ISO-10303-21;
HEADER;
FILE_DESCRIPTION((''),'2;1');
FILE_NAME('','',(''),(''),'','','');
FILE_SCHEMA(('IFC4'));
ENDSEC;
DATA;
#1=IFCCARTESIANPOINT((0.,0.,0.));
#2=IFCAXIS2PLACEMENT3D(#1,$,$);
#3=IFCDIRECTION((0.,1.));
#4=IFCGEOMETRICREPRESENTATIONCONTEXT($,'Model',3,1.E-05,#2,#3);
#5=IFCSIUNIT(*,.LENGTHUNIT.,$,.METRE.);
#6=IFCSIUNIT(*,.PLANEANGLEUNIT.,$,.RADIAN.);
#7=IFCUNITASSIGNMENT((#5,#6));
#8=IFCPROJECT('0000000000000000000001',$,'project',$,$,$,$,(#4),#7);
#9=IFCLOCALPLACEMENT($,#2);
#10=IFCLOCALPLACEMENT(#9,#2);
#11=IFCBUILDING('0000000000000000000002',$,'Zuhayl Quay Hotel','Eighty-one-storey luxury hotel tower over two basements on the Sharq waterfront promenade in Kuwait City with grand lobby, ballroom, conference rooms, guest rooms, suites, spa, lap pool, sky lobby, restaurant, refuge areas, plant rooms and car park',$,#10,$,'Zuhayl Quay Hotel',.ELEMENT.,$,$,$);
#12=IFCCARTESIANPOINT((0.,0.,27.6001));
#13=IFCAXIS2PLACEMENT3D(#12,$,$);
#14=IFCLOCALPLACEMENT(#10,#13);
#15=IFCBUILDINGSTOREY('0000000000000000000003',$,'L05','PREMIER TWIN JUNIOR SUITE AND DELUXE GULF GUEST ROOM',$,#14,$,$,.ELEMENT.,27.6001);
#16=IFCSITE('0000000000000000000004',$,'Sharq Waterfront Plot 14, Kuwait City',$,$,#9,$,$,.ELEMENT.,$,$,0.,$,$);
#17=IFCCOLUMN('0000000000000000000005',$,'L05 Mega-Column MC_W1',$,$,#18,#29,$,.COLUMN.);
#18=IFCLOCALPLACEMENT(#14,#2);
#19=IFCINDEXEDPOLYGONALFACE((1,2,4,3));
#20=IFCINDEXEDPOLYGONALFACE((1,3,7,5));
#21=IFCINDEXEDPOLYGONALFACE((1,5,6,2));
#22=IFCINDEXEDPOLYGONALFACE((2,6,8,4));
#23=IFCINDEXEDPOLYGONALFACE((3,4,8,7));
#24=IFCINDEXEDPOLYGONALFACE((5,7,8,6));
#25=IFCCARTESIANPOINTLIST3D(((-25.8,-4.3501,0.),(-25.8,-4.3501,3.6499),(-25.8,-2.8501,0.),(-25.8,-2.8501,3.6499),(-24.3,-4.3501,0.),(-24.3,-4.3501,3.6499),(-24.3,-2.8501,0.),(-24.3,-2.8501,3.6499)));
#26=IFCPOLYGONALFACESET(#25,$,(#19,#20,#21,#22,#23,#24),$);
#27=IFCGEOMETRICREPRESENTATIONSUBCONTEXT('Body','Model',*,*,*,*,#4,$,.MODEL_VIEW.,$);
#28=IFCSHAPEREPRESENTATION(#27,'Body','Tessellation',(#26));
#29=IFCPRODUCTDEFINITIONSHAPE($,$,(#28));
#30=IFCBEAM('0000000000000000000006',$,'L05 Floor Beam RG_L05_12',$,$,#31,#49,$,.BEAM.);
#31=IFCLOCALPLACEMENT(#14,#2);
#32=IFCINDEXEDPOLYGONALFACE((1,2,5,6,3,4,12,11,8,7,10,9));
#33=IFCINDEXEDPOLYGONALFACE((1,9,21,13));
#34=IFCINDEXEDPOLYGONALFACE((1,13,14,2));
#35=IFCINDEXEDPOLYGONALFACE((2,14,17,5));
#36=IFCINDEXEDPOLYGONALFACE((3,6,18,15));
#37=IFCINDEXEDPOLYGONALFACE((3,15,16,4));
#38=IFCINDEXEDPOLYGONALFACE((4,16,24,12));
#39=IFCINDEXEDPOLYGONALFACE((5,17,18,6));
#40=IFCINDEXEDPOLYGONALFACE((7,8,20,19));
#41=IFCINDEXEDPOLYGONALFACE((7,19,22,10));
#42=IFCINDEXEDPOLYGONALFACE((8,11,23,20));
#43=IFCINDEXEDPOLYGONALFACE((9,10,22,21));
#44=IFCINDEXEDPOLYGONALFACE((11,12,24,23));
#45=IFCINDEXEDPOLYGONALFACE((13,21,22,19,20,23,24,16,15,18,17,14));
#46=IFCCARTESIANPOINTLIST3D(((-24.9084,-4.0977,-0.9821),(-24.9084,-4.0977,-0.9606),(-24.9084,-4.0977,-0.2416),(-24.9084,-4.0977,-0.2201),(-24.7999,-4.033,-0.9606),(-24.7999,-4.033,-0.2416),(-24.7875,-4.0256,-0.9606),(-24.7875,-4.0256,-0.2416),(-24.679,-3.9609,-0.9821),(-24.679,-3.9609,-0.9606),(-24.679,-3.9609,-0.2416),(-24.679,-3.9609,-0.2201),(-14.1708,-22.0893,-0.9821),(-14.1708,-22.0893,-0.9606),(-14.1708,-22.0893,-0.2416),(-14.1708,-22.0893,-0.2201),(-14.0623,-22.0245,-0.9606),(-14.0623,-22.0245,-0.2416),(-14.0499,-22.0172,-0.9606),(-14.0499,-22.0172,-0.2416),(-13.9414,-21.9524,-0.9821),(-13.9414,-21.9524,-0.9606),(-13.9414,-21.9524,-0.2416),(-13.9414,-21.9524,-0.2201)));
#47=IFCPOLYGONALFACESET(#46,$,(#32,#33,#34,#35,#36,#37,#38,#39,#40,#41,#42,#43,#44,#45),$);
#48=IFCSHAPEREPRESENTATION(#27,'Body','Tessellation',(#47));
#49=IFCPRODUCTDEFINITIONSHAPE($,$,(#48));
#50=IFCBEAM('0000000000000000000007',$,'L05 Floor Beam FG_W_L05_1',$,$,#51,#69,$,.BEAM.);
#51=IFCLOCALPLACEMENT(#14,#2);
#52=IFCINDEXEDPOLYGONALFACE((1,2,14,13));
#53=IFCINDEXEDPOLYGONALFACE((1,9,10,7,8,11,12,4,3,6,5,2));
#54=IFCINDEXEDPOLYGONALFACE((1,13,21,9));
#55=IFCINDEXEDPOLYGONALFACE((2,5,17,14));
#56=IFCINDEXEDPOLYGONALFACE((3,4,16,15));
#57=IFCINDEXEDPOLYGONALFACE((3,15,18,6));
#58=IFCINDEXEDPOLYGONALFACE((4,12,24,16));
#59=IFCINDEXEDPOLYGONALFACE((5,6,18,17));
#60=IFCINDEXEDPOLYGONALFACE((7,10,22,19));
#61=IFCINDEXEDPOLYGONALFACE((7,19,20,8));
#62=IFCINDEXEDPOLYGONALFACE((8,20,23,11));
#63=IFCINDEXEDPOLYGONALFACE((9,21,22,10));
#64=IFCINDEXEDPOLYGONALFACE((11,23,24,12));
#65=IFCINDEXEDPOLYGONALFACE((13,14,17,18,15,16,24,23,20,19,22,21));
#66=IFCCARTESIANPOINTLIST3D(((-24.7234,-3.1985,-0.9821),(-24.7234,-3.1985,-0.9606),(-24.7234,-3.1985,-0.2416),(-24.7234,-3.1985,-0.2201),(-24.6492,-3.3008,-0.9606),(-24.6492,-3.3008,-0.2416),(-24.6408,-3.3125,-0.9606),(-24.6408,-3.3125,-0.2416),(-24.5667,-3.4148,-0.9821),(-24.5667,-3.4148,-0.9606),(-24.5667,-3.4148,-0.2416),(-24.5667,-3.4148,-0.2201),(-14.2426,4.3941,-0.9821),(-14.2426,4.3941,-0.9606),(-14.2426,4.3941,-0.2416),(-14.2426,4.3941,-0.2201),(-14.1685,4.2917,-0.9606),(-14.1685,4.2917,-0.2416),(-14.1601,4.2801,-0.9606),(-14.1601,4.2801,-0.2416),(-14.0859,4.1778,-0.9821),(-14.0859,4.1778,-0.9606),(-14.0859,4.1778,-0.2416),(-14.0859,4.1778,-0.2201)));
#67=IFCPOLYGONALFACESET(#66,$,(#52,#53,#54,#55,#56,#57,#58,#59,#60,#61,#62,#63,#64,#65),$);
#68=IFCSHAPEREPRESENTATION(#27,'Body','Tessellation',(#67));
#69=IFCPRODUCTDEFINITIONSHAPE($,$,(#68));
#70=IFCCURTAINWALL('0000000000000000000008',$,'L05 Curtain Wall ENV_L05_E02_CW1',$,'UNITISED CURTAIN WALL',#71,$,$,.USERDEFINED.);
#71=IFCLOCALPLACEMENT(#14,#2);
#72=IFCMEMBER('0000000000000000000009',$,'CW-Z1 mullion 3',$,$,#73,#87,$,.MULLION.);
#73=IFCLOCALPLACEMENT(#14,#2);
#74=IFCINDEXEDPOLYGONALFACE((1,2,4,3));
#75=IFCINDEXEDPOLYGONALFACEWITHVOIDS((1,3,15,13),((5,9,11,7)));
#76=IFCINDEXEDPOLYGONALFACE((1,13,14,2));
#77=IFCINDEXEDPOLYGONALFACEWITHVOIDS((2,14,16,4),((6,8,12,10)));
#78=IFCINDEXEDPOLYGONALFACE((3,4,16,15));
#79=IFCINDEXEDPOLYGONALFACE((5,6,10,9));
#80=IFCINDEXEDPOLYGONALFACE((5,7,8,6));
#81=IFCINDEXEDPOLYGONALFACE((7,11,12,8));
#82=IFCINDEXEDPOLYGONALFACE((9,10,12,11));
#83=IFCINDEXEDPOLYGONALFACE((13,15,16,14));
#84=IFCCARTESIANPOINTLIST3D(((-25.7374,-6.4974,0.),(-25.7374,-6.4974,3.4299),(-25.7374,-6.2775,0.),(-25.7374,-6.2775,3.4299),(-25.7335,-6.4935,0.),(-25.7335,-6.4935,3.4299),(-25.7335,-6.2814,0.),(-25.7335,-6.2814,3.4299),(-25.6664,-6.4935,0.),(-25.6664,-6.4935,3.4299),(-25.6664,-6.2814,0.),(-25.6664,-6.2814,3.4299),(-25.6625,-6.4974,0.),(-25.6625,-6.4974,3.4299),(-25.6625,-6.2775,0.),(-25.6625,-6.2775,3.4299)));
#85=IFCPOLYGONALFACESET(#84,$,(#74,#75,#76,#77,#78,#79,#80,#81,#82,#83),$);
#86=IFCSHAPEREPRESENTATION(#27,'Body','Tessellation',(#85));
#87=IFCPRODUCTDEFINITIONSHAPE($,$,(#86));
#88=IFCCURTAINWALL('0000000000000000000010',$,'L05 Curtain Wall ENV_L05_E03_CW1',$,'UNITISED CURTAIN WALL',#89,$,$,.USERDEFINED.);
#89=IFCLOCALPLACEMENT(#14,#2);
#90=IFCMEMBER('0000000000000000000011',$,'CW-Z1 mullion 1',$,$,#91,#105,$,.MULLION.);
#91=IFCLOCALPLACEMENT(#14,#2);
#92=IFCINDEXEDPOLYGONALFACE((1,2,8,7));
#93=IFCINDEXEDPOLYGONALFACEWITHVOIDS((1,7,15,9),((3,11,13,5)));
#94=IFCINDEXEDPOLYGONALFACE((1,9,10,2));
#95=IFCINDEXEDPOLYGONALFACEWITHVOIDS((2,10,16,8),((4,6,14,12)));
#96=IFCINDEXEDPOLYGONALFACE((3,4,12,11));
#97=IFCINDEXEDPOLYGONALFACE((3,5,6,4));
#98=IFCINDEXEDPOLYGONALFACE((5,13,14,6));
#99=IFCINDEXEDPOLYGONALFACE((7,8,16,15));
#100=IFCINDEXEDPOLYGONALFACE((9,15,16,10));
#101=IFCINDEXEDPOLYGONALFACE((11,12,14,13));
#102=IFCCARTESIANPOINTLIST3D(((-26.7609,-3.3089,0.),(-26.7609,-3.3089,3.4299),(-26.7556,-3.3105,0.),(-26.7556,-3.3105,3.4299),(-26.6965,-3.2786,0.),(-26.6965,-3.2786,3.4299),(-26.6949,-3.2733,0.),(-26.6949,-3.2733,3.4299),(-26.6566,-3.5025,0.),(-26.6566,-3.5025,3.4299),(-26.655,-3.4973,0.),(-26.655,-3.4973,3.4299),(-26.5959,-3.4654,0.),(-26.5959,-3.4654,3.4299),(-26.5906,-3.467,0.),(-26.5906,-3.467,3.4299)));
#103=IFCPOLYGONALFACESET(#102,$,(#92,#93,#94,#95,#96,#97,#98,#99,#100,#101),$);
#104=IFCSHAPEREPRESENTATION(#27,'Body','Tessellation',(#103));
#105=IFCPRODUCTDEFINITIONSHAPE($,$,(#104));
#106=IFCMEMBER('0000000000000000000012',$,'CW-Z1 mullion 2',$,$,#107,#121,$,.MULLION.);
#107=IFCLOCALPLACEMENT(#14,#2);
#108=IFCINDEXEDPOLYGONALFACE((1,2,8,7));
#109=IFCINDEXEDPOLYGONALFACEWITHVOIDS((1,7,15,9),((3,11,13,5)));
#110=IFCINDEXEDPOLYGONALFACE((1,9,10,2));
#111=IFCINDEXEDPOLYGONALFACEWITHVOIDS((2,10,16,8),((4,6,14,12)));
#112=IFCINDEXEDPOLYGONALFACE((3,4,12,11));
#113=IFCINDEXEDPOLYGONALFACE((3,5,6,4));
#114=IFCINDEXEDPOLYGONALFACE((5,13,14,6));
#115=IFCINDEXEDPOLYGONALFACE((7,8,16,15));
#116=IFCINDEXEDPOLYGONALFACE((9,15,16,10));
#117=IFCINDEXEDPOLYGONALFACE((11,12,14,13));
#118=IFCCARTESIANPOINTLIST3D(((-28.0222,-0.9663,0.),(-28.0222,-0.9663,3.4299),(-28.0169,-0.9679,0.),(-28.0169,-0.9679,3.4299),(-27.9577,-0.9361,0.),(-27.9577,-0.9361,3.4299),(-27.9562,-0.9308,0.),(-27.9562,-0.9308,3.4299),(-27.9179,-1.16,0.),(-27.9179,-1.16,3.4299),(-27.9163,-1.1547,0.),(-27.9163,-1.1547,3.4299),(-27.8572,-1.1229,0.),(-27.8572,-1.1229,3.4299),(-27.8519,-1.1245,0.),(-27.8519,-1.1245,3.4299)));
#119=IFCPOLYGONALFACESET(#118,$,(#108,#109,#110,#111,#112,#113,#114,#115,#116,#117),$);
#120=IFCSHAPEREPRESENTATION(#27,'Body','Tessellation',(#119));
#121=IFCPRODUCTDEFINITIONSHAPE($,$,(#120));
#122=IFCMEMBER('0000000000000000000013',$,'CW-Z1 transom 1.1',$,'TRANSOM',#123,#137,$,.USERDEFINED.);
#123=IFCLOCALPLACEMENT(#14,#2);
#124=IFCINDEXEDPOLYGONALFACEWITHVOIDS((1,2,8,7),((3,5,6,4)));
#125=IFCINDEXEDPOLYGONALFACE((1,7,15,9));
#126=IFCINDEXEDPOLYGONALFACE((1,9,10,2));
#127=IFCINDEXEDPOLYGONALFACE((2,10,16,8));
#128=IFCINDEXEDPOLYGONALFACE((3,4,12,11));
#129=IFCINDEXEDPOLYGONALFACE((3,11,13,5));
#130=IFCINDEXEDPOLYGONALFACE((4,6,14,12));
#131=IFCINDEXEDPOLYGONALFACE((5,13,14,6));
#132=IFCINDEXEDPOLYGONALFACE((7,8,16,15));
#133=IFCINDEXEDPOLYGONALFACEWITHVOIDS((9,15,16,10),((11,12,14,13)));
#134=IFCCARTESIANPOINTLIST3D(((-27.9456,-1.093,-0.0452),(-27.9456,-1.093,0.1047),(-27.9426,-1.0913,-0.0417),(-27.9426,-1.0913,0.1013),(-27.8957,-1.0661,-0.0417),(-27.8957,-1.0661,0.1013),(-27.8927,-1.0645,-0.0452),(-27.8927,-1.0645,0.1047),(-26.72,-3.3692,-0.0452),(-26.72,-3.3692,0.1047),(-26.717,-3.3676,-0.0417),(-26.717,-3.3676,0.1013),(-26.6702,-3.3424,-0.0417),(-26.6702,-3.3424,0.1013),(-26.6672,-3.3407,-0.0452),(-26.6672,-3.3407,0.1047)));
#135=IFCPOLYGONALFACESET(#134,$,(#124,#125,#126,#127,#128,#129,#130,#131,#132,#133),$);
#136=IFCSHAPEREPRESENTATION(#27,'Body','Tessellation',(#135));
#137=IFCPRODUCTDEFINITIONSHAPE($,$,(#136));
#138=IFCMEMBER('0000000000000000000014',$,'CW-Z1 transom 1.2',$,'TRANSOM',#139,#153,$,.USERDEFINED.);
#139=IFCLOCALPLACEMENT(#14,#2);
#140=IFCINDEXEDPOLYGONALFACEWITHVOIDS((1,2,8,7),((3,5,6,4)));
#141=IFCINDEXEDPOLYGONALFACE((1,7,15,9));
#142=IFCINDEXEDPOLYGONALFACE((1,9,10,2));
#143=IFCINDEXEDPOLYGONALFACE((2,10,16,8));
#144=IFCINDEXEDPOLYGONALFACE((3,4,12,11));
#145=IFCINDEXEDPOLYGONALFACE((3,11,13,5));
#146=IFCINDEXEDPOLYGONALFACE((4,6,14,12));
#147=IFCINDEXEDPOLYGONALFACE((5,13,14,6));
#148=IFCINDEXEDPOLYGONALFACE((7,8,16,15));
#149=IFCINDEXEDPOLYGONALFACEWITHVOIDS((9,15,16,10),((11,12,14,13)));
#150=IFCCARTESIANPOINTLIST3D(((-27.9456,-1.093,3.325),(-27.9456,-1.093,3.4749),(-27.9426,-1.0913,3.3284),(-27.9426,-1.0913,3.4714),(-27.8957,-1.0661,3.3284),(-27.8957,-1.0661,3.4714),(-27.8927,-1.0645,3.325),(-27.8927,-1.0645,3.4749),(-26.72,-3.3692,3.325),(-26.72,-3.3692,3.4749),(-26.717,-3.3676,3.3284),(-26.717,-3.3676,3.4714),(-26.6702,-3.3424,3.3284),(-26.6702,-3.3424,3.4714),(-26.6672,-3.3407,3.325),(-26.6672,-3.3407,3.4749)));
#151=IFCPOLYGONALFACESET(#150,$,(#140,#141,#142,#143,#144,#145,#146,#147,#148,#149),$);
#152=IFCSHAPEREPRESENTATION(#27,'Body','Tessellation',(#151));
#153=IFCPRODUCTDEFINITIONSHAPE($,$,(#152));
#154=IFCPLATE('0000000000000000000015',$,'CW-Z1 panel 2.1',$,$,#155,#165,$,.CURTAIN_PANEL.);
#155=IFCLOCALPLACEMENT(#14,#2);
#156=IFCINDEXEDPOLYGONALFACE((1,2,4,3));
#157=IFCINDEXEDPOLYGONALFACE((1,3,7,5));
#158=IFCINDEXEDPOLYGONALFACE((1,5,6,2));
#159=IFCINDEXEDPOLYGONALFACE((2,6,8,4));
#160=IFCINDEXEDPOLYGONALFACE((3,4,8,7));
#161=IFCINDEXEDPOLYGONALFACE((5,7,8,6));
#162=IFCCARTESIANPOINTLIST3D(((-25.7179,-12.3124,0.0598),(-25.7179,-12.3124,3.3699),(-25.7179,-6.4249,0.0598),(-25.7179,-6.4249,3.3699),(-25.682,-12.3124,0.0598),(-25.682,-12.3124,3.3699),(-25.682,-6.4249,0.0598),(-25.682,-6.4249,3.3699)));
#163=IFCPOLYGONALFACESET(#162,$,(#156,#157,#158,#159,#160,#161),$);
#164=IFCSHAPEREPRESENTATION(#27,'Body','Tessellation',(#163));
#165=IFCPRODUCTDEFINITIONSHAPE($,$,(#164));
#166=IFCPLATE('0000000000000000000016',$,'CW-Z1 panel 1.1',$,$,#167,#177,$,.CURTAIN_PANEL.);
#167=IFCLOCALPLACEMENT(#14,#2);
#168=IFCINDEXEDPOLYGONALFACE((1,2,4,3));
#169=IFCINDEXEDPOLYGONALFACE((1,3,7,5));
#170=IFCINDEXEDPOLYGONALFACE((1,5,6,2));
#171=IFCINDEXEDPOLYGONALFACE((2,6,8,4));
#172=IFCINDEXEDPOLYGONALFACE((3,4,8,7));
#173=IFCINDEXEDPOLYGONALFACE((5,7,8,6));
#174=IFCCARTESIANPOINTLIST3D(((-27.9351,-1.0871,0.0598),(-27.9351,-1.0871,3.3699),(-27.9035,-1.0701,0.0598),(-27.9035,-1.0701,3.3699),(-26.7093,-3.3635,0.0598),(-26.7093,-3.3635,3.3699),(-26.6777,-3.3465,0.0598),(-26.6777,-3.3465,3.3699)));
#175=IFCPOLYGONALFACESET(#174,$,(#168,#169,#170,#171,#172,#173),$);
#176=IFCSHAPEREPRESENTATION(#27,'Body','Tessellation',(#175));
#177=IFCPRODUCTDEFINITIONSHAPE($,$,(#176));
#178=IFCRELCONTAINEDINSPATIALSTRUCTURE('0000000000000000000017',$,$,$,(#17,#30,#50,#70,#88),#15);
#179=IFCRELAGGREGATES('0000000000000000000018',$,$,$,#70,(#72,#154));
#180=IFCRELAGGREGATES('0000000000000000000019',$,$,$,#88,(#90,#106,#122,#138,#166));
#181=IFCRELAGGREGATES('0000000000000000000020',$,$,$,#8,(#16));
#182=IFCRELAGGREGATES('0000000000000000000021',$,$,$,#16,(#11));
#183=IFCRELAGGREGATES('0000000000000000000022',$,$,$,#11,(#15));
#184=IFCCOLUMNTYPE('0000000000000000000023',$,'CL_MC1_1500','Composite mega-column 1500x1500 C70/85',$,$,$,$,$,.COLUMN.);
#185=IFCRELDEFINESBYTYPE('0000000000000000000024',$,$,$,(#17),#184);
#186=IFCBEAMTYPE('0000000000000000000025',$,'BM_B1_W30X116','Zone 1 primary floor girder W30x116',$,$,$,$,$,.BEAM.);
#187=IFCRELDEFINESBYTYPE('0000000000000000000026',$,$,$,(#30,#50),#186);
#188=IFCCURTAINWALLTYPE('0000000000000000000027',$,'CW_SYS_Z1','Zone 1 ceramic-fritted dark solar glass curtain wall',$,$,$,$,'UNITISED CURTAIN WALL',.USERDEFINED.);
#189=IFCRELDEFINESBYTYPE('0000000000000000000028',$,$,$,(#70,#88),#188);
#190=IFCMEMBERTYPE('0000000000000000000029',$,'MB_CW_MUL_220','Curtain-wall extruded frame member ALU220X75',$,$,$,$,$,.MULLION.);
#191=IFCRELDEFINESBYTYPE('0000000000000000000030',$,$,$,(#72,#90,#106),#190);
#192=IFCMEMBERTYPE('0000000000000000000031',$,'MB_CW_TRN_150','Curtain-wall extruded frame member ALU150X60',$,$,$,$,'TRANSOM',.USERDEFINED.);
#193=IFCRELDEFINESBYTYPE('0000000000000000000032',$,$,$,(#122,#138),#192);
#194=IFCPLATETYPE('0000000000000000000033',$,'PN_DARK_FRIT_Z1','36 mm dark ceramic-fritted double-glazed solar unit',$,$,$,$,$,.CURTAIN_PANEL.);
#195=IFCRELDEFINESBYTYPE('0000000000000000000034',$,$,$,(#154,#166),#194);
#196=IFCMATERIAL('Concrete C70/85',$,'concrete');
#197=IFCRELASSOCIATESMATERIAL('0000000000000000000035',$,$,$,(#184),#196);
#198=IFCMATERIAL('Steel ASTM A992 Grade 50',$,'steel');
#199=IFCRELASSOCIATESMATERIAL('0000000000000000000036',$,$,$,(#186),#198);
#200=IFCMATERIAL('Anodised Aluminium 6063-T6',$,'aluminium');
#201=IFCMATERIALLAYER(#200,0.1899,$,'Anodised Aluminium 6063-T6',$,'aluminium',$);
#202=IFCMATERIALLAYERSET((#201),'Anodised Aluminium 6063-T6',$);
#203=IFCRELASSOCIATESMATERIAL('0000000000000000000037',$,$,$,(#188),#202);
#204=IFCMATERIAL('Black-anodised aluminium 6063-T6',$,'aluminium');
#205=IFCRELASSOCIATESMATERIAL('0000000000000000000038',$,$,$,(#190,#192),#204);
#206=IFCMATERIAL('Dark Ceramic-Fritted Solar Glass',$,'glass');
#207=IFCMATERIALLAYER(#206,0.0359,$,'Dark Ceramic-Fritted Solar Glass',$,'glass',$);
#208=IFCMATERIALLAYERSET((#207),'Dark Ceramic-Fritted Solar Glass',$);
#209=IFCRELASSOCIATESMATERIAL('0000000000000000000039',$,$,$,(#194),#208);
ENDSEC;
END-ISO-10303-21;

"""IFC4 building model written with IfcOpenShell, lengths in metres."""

from ifc_helpers import new_model, si_unit, direction, frame, origin, origin_2d, place, context, subcontext, project, spatial, rectangle, hollow_rectangle, i_section, extrude, material, layer, layer_set, material_profile, profile_set, type_object, element, aggregate, save


model = new_model("IFC4")

# Units and contexts
model_context = context("Model", 3, precision=1e-05, world=origin(), true_north=direction((0.0, 1.0)))
body_context = subcontext(model_context, "Body", "Model", "MODEL_VIEW")
ifc_project = project(units=[si_unit("LENGTHUNIT", "METRE"), si_unit("PLANEANGLEUNIT", "RADIAN")], contexts=[model_context])

# Site, building, storey
site_placement = place(None, origin())
site = spatial("IfcSite", under=ifc_project, at=site_placement, Name="Sharq Waterfront Plot 14, Kuwait City", CompositionType="ELEMENT", RefElevation=0.0)
building_placement = place(site_placement, origin())
building = spatial("IfcBuilding", under=site, at=building_placement, Name="Zuhayl Quay Hotel", Description="Eighty-one-storey luxury hotel tower over two basements on the Sharq waterfront promenade in Kuwait City with grand lobby, ballroom, conference rooms, guest rooms, suites, spa, lap pool, sky lobby, restaurant, refuge areas, plant rooms and car park", LongName="Zuhayl Quay Hotel", CompositionType="ELEMENT")
storey_placement = place(building_placement, frame((0.0, 0.0, 27.6001)))
storey = spatial("IfcBuildingStorey", under=building, at=storey_placement, Name="L05", Description="PREMIER TWIN JUNIOR SUITE AND DELUXE GULF GUEST ROOM", CompositionType="ELEMENT", Elevation=27.6001)

# Column
ifc_material_1 = material(Name="Concrete C70/85", Category="concrete")
ifc_material_profile_1 = material_profile(ifc_material_1, rectangle(XDim=1.5, YDim=1.5, at=origin_2d()), Name="RC1500X1500")
ifc_profile_set_1 = profile_set([ifc_material_profile_1], Name="Concrete C70/85")
column_type = type_object("IfcColumnType", Name="CL_MC1_1500", Description="Composite mega-column 1500x1500 C70/85", PredefinedType="COLUMN", material=ifc_profile_set_1)
column_placement = place(storey_placement, frame((-25.05, -3.6001, 0.0), z_axis=(0.0, 0.0, 1.0), x_axis=(1.0, 0.0, 0.0)))
element("IfcColumn", 1, at=column_placement, inside=storey, type_object=column_type, Name="L05 Mega-Column MC_W1", PredefinedType="COLUMN", context=body_context, shape_type="SweptSolid", body=[
    extrude(rectangle(XDim=1.5, YDim=1.5, at=origin_2d()), origin(), (0.0, 0.0, 1.0), 3.6499),
])

# Beams
ifc_material_2 = material(Name="Steel ASTM A992 Grade 50", Category="steel")
ifc_material_profile_2 = material_profile(ifc_material_2, i_section(OverallWidth=0.2671, OverallDepth=0.762, WebThickness=0.0144, FlangeThickness=0.0215, at=origin_2d()), Name="W30X116")
ifc_profile_set_2 = profile_set([ifc_material_profile_2], Name="Steel ASTM A992 Grade 50")
beam_type = type_object("IfcBeamType", Name="BM_B1_W30X116", Description="Zone 1 primary floor girder W30x116", PredefinedType="BEAM", material=ifc_profile_set_2)
beam_1_placement = place(storey_placement, frame((-24.7937, -4.0293, -0.6011), z_axis=(0.512483, -0.858698, 0.0), x_axis=(0.858698, 0.512483, 0.0)))
element("IfcBeam", 2, at=beam_1_placement, inside=storey, type_object=beam_type, Name="L05 Floor Beam RG_L05_12", PredefinedType="BEAM", context=body_context, shape_type="SweptSolid", body=[
    extrude(i_section(OverallWidth=0.2671, OverallDepth=0.762, WebThickness=0.0144, FlangeThickness=0.0215, at=origin_2d()), origin(), (0.0, 0.0, 1.0), 20.9521),
])
beam_2_placement = place(storey_placement, frame((-24.645, -3.3066, -0.6011), z_axis=(0.80983, 0.586664, 0.0), x_axis=(-0.586664, 0.80983, 0.0)))
element("IfcBeam", 3, at=beam_2_placement, inside=storey, type_object=beam_type, Name="L05 Floor Beam FG_W_L05_1", PredefinedType="BEAM", context=body_context, shape_type="SweptSolid", body=[
    extrude(i_section(OverallWidth=0.2671, OverallDepth=0.762, WebThickness=0.0144, FlangeThickness=0.0215, at=origin_2d()), origin(), (0.0, 0.0, 1.0), 12.9419),
])

# Curtain wall, member
ifc_material_3 = material(Name="Anodised Aluminium 6063-T6", Category="aluminium")
ifc_layer_1 = layer(ifc_material_3, 0.1899, Name="Anodised Aluminium 6063-T6", Category="aluminium")
ifc_layer_set_1 = layer_set([ifc_layer_1], Name="Anodised Aluminium 6063-T6")
curtain_wall_type = type_object("IfcCurtainWallType", Name="CW_SYS_Z1", Description="Zone 1 ceramic-fritted dark solar glass curtain wall", ElementType="UNITISED CURTAIN WALL", PredefinedType="USERDEFINED", material=ifc_layer_set_1)
curtain_wall_1_placement = place(storey_placement, origin())
curtain_wall_1 = element("IfcCurtainWall", 4, at=curtain_wall_1_placement, inside=storey, type_object=curtain_wall_type, Name="L05 Curtain Wall ENV_L05_E02_CW1", ObjectType="UNITISED CURTAIN WALL", PredefinedType="USERDEFINED")
ifc_material_4 = material(Name="Black-anodised aluminium 6063-T6", Category="aluminium")
ifc_material_profile_3 = material_profile(ifc_material_4, hollow_rectangle(XDim=0.075, YDim=0.22, WallThickness=0.0039, at=origin_2d()), Name="ALU220X75")
ifc_profile_set_3 = profile_set([ifc_material_profile_3], Name="Black-anodised aluminium 6063-T6")
member_type_1 = type_object("IfcMemberType", Name="MB_CW_MUL_220", Description="Curtain-wall extruded frame member ALU220X75", PredefinedType="MULLION", material=ifc_profile_set_3)
member_1_placement = place(storey_placement, frame((-25.7, -6.3875, 0.0), z_axis=(0.0, 0.0, 1.0), x_axis=(-1.0, 0.0, 0.0)))
member_1 = element("IfcMember", 5, at=member_1_placement, type_object=member_type_1, Name="CW-Z1 mullion 3", PredefinedType="MULLION", context=body_context, shape_type="SweptSolid", body=[
    extrude(hollow_rectangle(XDim=0.075, YDim=0.22, WallThickness=0.0039, at=origin_2d()), origin(), (0.0, 0.0, 1.0), 3.4299),
])

# Curtain wall, members
curtain_wall_2_placement = place(storey_placement, origin())
curtain_wall_2 = element("IfcCurtainWall", 6, at=curtain_wall_2_placement, inside=storey, type_object=curtain_wall_type, Name="L05 Curtain Wall ENV_L05_E03_CW1", ObjectType="UNITISED CURTAIN WALL", PredefinedType="USERDEFINED")
member_2_placement = place(storey_placement, frame((-26.6758, -3.3879, 0.0), z_axis=(0.0, 0.0, 1.0), x_axis=(-0.880476, -0.474091, 0.0)))
member_2 = element("IfcMember", 7, at=member_2_placement, type_object=member_type_1, Name="CW-Z1 mullion 1", PredefinedType="MULLION", context=body_context, shape_type="SweptSolid", body=[
    extrude(hollow_rectangle(XDim=0.075, YDim=0.22, WallThickness=0.0039, at=origin_2d()), origin(), (0.0, 0.0, 1.0), 3.4299),
])
member_3_placement = place(storey_placement, frame((-27.937, -1.0454, 0.0), z_axis=(0.0, 0.0, 1.0), x_axis=(-0.880476, -0.474091, 0.0)))
member_3 = element("IfcMember", 8, at=member_3_placement, type_object=member_type_1, Name="CW-Z1 mullion 2", PredefinedType="MULLION", context=body_context, shape_type="SweptSolid", body=[
    extrude(hollow_rectangle(XDim=0.075, YDim=0.22, WallThickness=0.0039, at=origin_2d()), origin(), (0.0, 0.0, 1.0), 3.4299),
])
ifc_material_profile_4 = material_profile(ifc_material_4, hollow_rectangle(XDim=0.0601, YDim=0.1499, WallThickness=0.0034, at=origin_2d()), Name="ALU150X60")
ifc_profile_set_4 = profile_set([ifc_material_profile_4], Name="Black-anodised aluminium 6063-T6")
member_type_2 = type_object("IfcMemberType", Name="MB_CW_TRN_150", Description="Curtain-wall extruded frame member ALU150X60", ElementType="TRANSOM", PredefinedType="USERDEFINED", material=ifc_profile_set_4)
member_4_placement = place(storey_placement, frame((-26.6936, -3.355, 0.0298), z_axis=(-0.474055, 0.880495, 0.0), x_axis=(-0.880495, -0.474055, 0.0)))
member_4 = element("IfcMember", 9, at=member_4_placement, type_object=member_type_2, Name="CW-Z1 transom 1.1", ObjectType="TRANSOM", PredefinedType="USERDEFINED", context=body_context, shape_type="SweptSolid", body=[
    extrude(hollow_rectangle(XDim=0.0601, YDim=0.1499, WallThickness=0.0034, at=origin_2d()), origin(), (0.0, 0.0, 1.0), 2.5852),
])
member_5_placement = place(storey_placement, frame((-26.6936, -3.355, 3.3999), z_axis=(-0.474055, 0.880495, 0.0), x_axis=(-0.880495, -0.474055, 0.0)))
member_5 = element("IfcMember", 10, at=member_5_placement, type_object=member_type_2, Name="CW-Z1 transom 1.2", ObjectType="TRANSOM", PredefinedType="USERDEFINED", context=body_context, shape_type="SweptSolid", body=[
    extrude(hollow_rectangle(XDim=0.0601, YDim=0.1499, WallThickness=0.0034, at=origin_2d()), origin(), (0.0, 0.0, 1.0), 2.5852),
])

# Plates
ifc_material_5 = material(Name="Dark Ceramic-Fritted Solar Glass", Category="glass")
ifc_layer_2 = layer(ifc_material_5, 0.0359, Name="Dark Ceramic-Fritted Solar Glass", Category="glass")
ifc_layer_set_2 = layer_set([ifc_layer_2], Name="Dark Ceramic-Fritted Solar Glass")
plate_type = type_object("IfcPlateType", Name="PN_DARK_FRIT_Z1", Description="36 mm dark ceramic-fritted double-glazed solar unit", PredefinedType="CURTAIN_PANEL", material=ifc_layer_set_2)
plate_1_placement = place(storey_placement, frame((-25.7, -9.3687, 0.0598), z_axis=(0.0, 0.0, 1.0), x_axis=(0.0, 1.0, 0.0)))
plate_1 = element("IfcPlate", 11, at=plate_1_placement, type_object=plate_type, Name="CW-Z1 panel 2.1", PredefinedType="CURTAIN_PANEL", context=body_context, shape_type="SweptSolid", body=[
    extrude(rectangle(XDim=5.8875, YDim=0.0359, at=origin_2d()), origin(), (0.0, 0.0, 1.0), 3.3101),
])
aggregate(curtain_wall_1, [member_1, plate_1])
plate_2_placement = place(storey_placement, frame((-27.3064, -2.2168, 0.0598), z_axis=(0.0, 0.0, 1.0), x_axis=(-0.474091, 0.880476, 0.0)))
plate_2 = element("IfcPlate", 12, at=plate_2_placement, type_object=plate_type, Name="CW-Z1 panel 1.1", PredefinedType="CURTAIN_PANEL", context=body_context, shape_type="SweptSolid", body=[
    extrude(rectangle(XDim=2.5854, YDim=0.0359, at=origin_2d()), origin(), (0.0, 0.0, 1.0), 3.3101),
])
aggregate(curtain_wall_2, [member_2, member_3, member_4, member_5, plate_2])

save(model, "model.ifc")
